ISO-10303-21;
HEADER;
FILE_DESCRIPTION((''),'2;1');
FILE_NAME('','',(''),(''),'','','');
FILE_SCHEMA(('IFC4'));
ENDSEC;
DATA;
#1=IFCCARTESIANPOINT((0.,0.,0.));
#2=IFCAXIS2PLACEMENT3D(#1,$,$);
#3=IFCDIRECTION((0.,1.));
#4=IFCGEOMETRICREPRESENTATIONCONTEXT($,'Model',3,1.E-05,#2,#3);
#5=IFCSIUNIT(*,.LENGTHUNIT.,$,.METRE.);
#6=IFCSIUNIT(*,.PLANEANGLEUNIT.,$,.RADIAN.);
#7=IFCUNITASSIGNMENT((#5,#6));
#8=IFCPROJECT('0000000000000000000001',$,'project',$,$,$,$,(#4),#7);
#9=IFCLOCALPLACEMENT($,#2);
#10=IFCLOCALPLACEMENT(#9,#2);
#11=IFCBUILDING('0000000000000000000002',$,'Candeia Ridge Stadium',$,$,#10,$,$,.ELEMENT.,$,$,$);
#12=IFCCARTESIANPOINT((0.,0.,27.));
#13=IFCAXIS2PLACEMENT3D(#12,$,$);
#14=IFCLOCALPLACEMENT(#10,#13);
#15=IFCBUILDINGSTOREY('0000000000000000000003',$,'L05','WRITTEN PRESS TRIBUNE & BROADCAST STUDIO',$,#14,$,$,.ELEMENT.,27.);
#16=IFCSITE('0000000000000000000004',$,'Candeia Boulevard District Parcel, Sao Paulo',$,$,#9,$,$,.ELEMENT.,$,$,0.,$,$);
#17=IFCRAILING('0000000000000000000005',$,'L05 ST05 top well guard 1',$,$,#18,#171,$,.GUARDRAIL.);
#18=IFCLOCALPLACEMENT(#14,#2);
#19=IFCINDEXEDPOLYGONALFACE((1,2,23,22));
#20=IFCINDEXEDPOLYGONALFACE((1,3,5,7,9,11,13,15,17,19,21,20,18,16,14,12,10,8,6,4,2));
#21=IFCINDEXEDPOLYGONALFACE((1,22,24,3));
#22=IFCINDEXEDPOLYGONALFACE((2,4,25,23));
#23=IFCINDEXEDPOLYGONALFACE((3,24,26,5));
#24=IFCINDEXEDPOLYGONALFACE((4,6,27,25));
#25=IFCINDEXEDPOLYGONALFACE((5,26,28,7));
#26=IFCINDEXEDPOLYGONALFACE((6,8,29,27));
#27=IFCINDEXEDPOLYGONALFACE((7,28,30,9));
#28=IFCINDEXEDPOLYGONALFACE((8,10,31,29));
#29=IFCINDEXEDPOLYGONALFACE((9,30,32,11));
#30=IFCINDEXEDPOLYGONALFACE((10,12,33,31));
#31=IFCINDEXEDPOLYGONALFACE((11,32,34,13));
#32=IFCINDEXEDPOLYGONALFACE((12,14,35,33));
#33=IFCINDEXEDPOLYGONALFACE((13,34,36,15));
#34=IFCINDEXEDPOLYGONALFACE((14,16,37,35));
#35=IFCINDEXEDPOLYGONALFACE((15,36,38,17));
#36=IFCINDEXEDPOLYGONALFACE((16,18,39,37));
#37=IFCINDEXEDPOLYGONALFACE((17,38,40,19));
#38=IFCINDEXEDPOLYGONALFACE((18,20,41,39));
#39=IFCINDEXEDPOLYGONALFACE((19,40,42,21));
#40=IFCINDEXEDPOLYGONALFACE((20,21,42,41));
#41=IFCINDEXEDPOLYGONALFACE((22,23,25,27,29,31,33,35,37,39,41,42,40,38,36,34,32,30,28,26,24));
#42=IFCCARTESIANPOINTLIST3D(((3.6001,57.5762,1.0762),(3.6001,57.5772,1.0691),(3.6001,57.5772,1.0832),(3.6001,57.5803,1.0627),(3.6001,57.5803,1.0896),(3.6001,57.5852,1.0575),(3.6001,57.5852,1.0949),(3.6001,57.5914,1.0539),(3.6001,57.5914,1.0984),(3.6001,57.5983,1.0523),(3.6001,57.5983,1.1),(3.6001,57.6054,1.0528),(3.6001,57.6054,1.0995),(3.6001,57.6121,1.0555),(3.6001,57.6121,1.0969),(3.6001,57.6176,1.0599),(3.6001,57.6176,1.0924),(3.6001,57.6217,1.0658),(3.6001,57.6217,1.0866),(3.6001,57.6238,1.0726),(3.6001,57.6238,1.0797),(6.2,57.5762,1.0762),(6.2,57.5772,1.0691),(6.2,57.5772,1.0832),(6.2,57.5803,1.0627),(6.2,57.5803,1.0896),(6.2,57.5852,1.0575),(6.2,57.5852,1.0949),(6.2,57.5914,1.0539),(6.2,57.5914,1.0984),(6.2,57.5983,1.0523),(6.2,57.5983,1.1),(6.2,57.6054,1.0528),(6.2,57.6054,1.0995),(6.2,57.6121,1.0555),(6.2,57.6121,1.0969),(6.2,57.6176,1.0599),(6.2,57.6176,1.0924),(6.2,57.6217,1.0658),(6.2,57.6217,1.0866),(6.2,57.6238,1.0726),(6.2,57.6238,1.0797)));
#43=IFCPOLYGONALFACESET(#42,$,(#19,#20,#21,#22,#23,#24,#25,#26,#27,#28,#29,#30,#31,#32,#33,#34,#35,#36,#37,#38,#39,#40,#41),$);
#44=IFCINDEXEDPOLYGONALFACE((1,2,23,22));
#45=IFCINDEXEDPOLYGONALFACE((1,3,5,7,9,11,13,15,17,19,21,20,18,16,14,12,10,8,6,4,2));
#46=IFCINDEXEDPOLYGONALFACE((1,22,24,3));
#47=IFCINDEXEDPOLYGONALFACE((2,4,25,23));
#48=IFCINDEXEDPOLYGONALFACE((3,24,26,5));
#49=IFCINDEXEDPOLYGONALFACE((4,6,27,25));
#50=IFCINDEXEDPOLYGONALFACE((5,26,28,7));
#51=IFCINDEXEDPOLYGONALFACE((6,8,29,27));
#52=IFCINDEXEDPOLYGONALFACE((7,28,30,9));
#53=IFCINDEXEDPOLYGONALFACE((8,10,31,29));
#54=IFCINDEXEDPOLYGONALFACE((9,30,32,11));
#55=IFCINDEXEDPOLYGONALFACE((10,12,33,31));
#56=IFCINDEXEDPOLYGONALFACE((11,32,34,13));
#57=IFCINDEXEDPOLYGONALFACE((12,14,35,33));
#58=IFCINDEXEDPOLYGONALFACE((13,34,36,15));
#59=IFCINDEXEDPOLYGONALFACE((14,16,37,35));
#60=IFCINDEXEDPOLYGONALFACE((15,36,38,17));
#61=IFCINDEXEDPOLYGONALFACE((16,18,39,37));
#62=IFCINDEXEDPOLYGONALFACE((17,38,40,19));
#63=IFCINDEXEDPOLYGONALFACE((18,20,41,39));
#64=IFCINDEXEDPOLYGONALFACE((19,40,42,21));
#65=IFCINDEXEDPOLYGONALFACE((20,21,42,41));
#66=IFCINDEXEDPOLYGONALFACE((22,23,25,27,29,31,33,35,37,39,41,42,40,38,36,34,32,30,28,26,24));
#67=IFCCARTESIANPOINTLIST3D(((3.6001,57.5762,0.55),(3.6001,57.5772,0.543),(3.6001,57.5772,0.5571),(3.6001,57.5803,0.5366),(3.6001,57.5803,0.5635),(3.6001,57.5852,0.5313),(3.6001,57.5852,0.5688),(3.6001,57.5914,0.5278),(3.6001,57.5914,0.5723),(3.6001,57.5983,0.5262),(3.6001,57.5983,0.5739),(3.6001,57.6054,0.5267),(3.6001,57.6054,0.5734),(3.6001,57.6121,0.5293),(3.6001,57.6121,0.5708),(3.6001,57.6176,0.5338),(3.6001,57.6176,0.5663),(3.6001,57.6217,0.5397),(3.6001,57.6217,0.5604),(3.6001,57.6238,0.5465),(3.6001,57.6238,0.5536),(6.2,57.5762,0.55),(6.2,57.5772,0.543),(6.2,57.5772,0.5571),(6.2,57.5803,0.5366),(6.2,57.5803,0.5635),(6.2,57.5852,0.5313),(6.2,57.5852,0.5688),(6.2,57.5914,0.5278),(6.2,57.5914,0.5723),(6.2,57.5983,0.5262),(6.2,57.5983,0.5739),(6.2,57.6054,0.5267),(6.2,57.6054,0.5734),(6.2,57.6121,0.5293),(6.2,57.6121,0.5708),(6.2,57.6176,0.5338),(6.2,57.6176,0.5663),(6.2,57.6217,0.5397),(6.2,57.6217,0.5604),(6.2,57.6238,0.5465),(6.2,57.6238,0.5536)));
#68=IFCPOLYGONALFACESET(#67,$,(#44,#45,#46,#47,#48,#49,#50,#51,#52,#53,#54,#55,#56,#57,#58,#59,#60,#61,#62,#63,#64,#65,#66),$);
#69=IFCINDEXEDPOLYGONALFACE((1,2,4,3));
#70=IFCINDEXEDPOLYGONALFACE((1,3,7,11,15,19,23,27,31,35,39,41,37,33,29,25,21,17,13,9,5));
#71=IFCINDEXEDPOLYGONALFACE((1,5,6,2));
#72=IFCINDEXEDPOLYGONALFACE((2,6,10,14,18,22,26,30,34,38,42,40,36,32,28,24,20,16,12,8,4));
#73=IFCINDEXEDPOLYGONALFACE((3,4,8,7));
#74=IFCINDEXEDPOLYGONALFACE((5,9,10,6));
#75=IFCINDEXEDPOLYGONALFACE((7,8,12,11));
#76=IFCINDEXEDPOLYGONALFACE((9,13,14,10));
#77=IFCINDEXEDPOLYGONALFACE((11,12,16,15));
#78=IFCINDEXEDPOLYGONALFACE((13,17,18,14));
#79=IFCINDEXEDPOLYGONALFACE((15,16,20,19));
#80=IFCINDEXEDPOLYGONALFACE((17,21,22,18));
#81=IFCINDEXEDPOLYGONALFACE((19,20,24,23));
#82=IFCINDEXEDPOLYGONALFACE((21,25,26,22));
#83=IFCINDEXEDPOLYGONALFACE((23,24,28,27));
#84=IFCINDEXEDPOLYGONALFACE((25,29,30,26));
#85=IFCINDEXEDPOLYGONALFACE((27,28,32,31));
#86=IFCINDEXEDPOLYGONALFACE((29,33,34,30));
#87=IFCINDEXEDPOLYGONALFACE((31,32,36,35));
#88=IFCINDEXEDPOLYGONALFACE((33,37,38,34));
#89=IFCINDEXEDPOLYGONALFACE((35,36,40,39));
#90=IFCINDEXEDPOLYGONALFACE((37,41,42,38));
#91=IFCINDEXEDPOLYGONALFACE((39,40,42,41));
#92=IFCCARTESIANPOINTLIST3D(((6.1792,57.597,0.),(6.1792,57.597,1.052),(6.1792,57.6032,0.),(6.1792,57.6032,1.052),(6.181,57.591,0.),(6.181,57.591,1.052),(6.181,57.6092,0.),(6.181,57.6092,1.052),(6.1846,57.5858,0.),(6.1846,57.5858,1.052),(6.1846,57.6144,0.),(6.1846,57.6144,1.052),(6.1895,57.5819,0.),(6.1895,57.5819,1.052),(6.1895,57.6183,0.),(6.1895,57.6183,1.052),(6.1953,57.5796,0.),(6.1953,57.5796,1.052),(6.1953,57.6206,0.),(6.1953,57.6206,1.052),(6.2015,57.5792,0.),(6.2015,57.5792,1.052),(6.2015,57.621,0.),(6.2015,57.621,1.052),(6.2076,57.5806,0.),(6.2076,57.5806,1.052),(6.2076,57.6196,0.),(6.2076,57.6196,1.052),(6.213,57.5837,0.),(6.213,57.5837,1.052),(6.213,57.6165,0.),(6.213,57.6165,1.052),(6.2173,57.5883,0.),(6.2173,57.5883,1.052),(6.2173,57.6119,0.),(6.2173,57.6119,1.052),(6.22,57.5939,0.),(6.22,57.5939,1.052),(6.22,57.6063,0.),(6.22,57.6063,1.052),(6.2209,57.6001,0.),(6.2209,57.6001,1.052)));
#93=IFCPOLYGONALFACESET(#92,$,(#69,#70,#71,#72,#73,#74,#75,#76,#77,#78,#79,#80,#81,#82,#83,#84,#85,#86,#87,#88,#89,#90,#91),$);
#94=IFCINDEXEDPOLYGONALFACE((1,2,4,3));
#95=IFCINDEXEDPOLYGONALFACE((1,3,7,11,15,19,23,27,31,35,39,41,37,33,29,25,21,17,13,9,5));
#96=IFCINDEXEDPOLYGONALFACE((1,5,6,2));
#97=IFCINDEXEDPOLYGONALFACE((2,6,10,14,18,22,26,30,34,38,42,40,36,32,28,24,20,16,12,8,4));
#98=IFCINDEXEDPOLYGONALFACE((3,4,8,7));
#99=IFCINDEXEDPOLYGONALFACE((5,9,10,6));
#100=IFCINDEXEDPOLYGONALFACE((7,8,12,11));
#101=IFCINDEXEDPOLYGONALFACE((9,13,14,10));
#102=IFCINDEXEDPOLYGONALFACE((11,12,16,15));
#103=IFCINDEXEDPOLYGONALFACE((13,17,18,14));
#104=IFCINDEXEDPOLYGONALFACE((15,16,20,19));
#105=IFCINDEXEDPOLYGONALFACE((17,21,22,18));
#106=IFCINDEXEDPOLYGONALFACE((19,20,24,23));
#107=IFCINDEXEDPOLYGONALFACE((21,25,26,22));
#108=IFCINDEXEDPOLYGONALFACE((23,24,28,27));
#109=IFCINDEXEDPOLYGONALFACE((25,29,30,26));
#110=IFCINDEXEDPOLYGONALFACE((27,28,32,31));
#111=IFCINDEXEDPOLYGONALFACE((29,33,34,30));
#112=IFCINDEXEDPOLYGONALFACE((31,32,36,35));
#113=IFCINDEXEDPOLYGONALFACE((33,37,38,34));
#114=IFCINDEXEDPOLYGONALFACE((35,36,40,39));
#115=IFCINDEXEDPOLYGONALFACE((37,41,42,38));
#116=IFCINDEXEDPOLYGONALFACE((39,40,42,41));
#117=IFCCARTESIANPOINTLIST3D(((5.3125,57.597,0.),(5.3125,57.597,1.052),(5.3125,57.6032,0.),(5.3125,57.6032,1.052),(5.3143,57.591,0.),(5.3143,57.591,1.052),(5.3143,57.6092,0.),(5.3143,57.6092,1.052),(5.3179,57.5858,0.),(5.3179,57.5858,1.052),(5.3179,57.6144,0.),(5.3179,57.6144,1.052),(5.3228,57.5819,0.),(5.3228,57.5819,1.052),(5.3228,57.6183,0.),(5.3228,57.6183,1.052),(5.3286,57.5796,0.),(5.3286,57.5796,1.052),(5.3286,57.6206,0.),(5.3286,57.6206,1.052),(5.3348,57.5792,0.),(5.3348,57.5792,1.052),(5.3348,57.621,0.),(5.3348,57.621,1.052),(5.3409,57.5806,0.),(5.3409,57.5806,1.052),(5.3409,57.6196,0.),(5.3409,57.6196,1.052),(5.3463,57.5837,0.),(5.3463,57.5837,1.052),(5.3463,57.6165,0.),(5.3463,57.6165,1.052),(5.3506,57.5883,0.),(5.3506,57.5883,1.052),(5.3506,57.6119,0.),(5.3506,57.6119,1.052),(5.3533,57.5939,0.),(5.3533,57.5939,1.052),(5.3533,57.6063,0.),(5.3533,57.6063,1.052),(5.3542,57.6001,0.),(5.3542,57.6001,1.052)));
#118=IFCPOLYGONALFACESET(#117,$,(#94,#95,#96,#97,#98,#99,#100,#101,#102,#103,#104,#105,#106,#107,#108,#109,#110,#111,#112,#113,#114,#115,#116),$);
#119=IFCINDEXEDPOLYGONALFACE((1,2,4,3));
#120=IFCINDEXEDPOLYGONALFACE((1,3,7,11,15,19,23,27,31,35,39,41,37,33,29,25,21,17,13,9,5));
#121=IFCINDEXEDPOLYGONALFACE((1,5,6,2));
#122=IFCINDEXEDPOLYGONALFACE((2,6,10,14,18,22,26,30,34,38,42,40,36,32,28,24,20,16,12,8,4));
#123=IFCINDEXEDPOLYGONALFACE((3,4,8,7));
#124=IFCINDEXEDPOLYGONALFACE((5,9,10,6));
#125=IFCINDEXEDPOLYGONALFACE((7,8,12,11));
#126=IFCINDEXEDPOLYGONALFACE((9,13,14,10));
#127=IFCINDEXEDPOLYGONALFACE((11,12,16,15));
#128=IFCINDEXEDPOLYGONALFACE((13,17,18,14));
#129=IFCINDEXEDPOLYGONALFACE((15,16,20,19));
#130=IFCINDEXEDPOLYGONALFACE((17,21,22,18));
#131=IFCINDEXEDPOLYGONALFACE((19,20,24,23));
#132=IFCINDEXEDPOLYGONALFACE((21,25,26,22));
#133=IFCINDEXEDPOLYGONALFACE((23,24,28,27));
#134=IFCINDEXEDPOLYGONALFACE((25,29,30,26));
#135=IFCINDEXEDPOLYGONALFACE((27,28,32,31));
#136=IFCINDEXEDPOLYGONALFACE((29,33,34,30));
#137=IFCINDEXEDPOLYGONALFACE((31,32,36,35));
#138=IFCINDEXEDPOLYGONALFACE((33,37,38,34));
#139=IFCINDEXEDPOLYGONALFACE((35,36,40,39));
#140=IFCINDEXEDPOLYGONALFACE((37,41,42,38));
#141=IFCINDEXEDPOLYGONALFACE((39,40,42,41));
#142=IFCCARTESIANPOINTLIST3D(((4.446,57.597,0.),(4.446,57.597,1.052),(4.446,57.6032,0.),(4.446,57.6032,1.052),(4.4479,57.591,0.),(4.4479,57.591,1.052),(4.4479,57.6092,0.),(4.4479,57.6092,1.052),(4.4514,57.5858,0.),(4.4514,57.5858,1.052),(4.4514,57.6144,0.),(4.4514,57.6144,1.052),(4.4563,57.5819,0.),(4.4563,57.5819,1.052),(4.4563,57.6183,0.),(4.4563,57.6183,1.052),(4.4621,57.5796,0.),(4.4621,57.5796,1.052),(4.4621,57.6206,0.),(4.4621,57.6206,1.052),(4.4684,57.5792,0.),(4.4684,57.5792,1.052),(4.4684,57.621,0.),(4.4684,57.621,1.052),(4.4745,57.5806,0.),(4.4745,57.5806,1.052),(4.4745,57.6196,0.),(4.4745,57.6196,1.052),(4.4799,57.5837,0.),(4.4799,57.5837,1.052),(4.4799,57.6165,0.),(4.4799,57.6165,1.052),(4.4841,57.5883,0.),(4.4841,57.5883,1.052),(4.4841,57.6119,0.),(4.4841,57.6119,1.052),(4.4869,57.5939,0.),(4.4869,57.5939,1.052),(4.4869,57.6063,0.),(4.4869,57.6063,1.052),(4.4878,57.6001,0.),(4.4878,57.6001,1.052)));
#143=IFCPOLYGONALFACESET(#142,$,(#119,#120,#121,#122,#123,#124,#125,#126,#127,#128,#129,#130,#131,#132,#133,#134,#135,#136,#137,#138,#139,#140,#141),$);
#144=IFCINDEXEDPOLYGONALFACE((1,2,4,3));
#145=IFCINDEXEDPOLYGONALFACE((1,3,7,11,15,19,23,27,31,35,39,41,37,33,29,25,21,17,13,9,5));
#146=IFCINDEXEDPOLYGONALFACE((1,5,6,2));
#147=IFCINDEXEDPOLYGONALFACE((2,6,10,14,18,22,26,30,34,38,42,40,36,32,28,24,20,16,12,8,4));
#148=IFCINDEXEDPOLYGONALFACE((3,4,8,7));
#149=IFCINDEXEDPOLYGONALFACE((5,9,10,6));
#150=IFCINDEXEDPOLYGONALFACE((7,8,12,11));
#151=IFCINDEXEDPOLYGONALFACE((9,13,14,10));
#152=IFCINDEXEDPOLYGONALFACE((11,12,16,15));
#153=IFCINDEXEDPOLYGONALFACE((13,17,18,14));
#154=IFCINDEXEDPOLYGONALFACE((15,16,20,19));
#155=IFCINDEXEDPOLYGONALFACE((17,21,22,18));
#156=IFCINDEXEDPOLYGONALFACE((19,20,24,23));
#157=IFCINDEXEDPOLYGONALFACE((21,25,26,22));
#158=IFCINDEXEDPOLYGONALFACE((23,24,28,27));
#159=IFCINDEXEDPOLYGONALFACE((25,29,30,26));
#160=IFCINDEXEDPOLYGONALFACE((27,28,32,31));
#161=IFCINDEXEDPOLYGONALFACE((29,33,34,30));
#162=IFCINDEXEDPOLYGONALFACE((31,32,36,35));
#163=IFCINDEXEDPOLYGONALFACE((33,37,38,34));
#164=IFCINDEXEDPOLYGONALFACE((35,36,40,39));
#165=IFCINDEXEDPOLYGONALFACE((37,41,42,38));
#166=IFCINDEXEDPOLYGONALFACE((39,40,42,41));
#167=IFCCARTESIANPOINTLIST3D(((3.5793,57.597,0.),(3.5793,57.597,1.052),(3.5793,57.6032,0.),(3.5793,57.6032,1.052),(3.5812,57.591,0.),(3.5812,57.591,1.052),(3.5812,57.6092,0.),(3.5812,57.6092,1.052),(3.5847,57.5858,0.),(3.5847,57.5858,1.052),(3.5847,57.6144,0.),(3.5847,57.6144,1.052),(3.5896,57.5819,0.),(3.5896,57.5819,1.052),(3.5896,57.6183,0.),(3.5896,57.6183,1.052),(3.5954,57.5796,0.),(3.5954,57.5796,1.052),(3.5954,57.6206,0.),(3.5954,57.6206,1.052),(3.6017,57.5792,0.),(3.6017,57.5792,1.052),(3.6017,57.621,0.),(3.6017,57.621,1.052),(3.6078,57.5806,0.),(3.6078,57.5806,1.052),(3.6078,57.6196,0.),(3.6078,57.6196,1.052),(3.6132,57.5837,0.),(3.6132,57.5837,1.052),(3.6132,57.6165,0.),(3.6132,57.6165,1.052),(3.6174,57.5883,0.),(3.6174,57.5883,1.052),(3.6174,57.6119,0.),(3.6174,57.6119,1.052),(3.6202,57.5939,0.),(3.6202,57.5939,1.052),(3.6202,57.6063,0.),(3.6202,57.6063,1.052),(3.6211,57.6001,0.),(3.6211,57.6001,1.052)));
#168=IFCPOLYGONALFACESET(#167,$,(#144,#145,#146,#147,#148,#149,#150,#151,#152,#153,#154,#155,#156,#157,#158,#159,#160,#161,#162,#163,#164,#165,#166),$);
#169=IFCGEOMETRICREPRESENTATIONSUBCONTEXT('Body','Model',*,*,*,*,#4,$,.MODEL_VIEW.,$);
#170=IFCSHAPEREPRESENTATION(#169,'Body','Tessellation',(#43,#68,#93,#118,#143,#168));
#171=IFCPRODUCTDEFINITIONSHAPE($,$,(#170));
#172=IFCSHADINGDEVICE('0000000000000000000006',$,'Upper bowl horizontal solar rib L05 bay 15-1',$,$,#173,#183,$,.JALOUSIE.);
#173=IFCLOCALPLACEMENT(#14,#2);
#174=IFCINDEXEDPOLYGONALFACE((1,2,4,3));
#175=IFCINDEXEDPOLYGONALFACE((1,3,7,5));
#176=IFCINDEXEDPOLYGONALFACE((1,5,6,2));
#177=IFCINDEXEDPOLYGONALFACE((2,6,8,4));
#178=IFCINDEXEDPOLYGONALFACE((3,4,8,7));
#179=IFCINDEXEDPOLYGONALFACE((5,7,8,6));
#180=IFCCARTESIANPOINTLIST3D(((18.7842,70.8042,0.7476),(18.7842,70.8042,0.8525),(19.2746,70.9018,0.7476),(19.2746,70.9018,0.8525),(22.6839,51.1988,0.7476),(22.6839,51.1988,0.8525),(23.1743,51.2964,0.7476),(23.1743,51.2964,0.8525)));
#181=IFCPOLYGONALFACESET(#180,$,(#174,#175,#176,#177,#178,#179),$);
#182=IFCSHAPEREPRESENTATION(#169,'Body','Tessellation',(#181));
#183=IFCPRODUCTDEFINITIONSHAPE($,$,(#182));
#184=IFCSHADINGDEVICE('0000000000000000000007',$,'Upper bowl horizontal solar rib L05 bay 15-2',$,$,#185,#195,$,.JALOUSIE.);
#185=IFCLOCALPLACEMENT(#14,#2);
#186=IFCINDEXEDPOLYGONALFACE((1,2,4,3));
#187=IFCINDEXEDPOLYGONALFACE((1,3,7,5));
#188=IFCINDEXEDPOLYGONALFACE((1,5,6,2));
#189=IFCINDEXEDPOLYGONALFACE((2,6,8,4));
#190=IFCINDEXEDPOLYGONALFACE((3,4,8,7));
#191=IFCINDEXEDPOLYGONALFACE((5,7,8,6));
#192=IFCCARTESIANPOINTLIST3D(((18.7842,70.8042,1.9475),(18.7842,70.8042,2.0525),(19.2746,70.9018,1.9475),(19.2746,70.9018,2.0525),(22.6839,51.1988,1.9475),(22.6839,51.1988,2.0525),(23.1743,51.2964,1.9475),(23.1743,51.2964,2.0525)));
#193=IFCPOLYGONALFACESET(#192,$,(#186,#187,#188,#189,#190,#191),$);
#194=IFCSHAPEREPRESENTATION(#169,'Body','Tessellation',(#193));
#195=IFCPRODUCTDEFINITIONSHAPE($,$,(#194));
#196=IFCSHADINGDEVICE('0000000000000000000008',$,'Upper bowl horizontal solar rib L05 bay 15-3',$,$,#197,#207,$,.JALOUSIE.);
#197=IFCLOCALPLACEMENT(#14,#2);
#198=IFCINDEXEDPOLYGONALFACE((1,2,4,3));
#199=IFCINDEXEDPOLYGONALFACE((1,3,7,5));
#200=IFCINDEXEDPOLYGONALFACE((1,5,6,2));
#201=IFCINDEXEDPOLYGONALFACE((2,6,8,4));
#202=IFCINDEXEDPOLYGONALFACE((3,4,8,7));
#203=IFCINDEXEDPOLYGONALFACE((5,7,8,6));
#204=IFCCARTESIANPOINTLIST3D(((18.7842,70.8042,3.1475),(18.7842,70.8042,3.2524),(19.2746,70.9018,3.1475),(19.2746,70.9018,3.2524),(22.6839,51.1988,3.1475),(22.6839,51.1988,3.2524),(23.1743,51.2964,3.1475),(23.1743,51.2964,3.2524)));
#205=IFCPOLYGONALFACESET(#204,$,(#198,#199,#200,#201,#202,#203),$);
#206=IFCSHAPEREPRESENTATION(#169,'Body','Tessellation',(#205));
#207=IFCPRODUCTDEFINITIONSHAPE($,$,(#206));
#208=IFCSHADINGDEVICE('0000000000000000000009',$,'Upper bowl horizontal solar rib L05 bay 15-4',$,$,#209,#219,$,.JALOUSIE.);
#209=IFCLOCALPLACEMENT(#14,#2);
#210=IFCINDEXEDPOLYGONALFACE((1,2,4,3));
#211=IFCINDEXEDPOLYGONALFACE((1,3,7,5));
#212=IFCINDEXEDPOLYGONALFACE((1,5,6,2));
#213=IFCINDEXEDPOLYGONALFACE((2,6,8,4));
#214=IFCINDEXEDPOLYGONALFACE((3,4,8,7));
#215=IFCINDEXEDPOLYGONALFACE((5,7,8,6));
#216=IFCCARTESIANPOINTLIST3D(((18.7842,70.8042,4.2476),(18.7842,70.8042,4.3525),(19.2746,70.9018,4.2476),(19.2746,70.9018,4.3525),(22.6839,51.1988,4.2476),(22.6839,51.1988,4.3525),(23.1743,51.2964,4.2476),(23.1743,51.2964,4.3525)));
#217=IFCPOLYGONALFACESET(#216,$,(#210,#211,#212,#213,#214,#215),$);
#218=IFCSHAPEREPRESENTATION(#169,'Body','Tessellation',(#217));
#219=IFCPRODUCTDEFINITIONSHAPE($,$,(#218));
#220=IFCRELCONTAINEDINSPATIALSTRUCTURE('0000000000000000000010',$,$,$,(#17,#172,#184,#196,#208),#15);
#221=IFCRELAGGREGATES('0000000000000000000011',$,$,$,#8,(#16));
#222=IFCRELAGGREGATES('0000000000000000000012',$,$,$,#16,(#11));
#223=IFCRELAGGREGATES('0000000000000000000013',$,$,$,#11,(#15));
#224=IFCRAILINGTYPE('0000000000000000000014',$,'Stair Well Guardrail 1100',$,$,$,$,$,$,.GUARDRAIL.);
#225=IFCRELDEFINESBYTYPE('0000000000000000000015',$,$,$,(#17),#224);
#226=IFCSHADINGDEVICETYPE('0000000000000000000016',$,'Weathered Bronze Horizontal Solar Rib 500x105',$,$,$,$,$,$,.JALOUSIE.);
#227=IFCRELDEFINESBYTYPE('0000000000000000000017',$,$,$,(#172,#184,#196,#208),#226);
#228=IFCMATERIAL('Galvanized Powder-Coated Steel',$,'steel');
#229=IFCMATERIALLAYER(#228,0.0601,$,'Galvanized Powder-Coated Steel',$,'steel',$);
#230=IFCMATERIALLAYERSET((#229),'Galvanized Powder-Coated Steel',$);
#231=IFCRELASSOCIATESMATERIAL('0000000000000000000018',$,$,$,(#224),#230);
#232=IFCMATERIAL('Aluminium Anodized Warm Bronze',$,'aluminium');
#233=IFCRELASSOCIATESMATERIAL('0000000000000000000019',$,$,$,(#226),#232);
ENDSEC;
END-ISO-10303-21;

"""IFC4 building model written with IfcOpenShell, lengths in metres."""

from ifc_helpers import new_model, si_unit, direction, frame, origin, origin_2d, place, context, subcontext, project, spatial, rectangle, circle, extrude, material, layer, layer_set, type_object, element, save


model = new_model("IFC4")

# Units and contexts
model_context = context("Model", 3, precision=1e-05, world=origin(), true_north=direction((0.0, 1.0)))
body_context = subcontext(model_context, "Body", "Model", "MODEL_VIEW")
ifc_project = project(units=[si_unit("LENGTHUNIT", "METRE"), si_unit("PLANEANGLEUNIT", "RADIAN")], contexts=[model_context])

# Site, building, storey
site_placement = place(None, origin())
site = spatial("IfcSite", under=ifc_project, at=site_placement, Name="Candeia Boulevard District Parcel, Sao Paulo", CompositionType="ELEMENT", RefElevation=0.0)
building_placement = place(site_placement, origin())
building = spatial("IfcBuilding", under=site, at=building_placement, Name="Candeia Ridge Stadium", CompositionType="ELEMENT")
storey_placement = place(building_placement, frame((0.0, 0.0, 27.0)))
storey = spatial("IfcBuildingStorey", under=building, at=storey_placement, Name="L05", Description="WRITTEN PRESS TRIBUNE & BROADCAST STUDIO", CompositionType="ELEMENT", Elevation=27.0)

# Shared definitions
ifc_material_1 = material(Name="Aluminium Anodized Warm Bronze", Category="aluminium")

# Railing
ifc_material_2 = material(Name="Galvanized Powder-Coated Steel", Category="steel")
ifc_layer_1 = layer(ifc_material_2, 0.0601, Name="Galvanized Powder-Coated Steel", Category="steel")
ifc_layer_set_1 = layer_set([ifc_layer_1], Name="Galvanized Powder-Coated Steel")
railing_type = type_object("IfcRailingType", Name="Stair Well Guardrail 1100", PredefinedType="GUARDRAIL", material=ifc_layer_set_1)
railing_placement = place(storey_placement, frame((6.2, 57.6001, 0.0)))
element("IfcRailing", 1, at=railing_placement, inside=storey, type_object=railing_type, Name="L05 ST05 top well guard 1", PredefinedType="GUARDRAIL", context=body_context, shape_type="SweptSolid", body=[
    extrude(circle(Radius=0.0239, at=origin_2d()), frame((0.0, 0.0, 1.0762), z_axis=(-1.0, 0.0, 0.0), x_axis=(0.0, -1.0, 0.0)), (0.0, 0.0, 1.0), 2.5999),
    extrude(circle(Radius=0.0239, at=origin_2d()), frame((0.0, 0.0, 0.55), z_axis=(-1.0, 0.0, 0.0), x_axis=(0.0, -1.0, 0.0)), (0.0, 0.0, 1.0), 2.5999),
    extrude(circle(Radius=0.021, at=origin_2d()), origin(), (0.0, 0.0, 1.0), 1.052),
    extrude(circle(Radius=0.021, at=origin_2d()), frame((-0.8667, 0.0, 0.0)), (0.0, 0.0, 1.0), 1.052),
    extrude(circle(Radius=0.021, at=origin_2d()), frame((-1.7332, 0.0, 0.0)), (0.0, 0.0, 1.0), 1.052),
    extrude(circle(Radius=0.021, at=origin_2d()), frame((-2.5999, 0.0, 0.0)), (0.0, 0.0, 1.0), 1.052),
])

# Shading devices
shading_device_type = type_object("IfcShadingDeviceType", Name="Weathered Bronze Horizontal Solar Rib 500x105", PredefinedType="JALOUSIE", material=ifc_material_1)
for number, where, z_axis, x_axis, name in (
    (2, (20.9792, 61.0503, 0.7476), (0.0, 0.0, 1.0), (0.19509, -0.980785, 0.0), "Upper bowl horizontal solar rib L05 bay 15-1"),
    (3, (20.9792, 61.0503, 1.9475), (0.0, 0.0, 1.0), (0.19509, -0.980785, 0.0), "Upper bowl horizontal solar rib L05 bay 15-2"),
    (4, (20.9792, 61.0503, 3.1475), (0.0, 0.0, 1.0), (0.19509, -0.980785, 0.0), "Upper bowl horizontal solar rib L05 bay 15-3"),
    (5, (20.9792, 61.0503, 4.2476), (0.0, 0.0, 1.0), (0.19509, -0.980785, 0.0), "Upper bowl horizontal solar rib L05 bay 15-4"),
):
    element("IfcShadingDevice", number, at=place(storey_placement, frame(where, z_axis=z_axis, x_axis=x_axis)), inside=storey, type_object=shading_device_type, Name=name, PredefinedType="JALOUSIE", context=body_context, shape_type="SweptSolid", body=[
        extrude(rectangle(XDim=19.9895, YDim=0.5, at=origin_2d()), origin(), (0.0, 0.0, 1.0), 0.105),
    ])

save(model, "model.ifc")
